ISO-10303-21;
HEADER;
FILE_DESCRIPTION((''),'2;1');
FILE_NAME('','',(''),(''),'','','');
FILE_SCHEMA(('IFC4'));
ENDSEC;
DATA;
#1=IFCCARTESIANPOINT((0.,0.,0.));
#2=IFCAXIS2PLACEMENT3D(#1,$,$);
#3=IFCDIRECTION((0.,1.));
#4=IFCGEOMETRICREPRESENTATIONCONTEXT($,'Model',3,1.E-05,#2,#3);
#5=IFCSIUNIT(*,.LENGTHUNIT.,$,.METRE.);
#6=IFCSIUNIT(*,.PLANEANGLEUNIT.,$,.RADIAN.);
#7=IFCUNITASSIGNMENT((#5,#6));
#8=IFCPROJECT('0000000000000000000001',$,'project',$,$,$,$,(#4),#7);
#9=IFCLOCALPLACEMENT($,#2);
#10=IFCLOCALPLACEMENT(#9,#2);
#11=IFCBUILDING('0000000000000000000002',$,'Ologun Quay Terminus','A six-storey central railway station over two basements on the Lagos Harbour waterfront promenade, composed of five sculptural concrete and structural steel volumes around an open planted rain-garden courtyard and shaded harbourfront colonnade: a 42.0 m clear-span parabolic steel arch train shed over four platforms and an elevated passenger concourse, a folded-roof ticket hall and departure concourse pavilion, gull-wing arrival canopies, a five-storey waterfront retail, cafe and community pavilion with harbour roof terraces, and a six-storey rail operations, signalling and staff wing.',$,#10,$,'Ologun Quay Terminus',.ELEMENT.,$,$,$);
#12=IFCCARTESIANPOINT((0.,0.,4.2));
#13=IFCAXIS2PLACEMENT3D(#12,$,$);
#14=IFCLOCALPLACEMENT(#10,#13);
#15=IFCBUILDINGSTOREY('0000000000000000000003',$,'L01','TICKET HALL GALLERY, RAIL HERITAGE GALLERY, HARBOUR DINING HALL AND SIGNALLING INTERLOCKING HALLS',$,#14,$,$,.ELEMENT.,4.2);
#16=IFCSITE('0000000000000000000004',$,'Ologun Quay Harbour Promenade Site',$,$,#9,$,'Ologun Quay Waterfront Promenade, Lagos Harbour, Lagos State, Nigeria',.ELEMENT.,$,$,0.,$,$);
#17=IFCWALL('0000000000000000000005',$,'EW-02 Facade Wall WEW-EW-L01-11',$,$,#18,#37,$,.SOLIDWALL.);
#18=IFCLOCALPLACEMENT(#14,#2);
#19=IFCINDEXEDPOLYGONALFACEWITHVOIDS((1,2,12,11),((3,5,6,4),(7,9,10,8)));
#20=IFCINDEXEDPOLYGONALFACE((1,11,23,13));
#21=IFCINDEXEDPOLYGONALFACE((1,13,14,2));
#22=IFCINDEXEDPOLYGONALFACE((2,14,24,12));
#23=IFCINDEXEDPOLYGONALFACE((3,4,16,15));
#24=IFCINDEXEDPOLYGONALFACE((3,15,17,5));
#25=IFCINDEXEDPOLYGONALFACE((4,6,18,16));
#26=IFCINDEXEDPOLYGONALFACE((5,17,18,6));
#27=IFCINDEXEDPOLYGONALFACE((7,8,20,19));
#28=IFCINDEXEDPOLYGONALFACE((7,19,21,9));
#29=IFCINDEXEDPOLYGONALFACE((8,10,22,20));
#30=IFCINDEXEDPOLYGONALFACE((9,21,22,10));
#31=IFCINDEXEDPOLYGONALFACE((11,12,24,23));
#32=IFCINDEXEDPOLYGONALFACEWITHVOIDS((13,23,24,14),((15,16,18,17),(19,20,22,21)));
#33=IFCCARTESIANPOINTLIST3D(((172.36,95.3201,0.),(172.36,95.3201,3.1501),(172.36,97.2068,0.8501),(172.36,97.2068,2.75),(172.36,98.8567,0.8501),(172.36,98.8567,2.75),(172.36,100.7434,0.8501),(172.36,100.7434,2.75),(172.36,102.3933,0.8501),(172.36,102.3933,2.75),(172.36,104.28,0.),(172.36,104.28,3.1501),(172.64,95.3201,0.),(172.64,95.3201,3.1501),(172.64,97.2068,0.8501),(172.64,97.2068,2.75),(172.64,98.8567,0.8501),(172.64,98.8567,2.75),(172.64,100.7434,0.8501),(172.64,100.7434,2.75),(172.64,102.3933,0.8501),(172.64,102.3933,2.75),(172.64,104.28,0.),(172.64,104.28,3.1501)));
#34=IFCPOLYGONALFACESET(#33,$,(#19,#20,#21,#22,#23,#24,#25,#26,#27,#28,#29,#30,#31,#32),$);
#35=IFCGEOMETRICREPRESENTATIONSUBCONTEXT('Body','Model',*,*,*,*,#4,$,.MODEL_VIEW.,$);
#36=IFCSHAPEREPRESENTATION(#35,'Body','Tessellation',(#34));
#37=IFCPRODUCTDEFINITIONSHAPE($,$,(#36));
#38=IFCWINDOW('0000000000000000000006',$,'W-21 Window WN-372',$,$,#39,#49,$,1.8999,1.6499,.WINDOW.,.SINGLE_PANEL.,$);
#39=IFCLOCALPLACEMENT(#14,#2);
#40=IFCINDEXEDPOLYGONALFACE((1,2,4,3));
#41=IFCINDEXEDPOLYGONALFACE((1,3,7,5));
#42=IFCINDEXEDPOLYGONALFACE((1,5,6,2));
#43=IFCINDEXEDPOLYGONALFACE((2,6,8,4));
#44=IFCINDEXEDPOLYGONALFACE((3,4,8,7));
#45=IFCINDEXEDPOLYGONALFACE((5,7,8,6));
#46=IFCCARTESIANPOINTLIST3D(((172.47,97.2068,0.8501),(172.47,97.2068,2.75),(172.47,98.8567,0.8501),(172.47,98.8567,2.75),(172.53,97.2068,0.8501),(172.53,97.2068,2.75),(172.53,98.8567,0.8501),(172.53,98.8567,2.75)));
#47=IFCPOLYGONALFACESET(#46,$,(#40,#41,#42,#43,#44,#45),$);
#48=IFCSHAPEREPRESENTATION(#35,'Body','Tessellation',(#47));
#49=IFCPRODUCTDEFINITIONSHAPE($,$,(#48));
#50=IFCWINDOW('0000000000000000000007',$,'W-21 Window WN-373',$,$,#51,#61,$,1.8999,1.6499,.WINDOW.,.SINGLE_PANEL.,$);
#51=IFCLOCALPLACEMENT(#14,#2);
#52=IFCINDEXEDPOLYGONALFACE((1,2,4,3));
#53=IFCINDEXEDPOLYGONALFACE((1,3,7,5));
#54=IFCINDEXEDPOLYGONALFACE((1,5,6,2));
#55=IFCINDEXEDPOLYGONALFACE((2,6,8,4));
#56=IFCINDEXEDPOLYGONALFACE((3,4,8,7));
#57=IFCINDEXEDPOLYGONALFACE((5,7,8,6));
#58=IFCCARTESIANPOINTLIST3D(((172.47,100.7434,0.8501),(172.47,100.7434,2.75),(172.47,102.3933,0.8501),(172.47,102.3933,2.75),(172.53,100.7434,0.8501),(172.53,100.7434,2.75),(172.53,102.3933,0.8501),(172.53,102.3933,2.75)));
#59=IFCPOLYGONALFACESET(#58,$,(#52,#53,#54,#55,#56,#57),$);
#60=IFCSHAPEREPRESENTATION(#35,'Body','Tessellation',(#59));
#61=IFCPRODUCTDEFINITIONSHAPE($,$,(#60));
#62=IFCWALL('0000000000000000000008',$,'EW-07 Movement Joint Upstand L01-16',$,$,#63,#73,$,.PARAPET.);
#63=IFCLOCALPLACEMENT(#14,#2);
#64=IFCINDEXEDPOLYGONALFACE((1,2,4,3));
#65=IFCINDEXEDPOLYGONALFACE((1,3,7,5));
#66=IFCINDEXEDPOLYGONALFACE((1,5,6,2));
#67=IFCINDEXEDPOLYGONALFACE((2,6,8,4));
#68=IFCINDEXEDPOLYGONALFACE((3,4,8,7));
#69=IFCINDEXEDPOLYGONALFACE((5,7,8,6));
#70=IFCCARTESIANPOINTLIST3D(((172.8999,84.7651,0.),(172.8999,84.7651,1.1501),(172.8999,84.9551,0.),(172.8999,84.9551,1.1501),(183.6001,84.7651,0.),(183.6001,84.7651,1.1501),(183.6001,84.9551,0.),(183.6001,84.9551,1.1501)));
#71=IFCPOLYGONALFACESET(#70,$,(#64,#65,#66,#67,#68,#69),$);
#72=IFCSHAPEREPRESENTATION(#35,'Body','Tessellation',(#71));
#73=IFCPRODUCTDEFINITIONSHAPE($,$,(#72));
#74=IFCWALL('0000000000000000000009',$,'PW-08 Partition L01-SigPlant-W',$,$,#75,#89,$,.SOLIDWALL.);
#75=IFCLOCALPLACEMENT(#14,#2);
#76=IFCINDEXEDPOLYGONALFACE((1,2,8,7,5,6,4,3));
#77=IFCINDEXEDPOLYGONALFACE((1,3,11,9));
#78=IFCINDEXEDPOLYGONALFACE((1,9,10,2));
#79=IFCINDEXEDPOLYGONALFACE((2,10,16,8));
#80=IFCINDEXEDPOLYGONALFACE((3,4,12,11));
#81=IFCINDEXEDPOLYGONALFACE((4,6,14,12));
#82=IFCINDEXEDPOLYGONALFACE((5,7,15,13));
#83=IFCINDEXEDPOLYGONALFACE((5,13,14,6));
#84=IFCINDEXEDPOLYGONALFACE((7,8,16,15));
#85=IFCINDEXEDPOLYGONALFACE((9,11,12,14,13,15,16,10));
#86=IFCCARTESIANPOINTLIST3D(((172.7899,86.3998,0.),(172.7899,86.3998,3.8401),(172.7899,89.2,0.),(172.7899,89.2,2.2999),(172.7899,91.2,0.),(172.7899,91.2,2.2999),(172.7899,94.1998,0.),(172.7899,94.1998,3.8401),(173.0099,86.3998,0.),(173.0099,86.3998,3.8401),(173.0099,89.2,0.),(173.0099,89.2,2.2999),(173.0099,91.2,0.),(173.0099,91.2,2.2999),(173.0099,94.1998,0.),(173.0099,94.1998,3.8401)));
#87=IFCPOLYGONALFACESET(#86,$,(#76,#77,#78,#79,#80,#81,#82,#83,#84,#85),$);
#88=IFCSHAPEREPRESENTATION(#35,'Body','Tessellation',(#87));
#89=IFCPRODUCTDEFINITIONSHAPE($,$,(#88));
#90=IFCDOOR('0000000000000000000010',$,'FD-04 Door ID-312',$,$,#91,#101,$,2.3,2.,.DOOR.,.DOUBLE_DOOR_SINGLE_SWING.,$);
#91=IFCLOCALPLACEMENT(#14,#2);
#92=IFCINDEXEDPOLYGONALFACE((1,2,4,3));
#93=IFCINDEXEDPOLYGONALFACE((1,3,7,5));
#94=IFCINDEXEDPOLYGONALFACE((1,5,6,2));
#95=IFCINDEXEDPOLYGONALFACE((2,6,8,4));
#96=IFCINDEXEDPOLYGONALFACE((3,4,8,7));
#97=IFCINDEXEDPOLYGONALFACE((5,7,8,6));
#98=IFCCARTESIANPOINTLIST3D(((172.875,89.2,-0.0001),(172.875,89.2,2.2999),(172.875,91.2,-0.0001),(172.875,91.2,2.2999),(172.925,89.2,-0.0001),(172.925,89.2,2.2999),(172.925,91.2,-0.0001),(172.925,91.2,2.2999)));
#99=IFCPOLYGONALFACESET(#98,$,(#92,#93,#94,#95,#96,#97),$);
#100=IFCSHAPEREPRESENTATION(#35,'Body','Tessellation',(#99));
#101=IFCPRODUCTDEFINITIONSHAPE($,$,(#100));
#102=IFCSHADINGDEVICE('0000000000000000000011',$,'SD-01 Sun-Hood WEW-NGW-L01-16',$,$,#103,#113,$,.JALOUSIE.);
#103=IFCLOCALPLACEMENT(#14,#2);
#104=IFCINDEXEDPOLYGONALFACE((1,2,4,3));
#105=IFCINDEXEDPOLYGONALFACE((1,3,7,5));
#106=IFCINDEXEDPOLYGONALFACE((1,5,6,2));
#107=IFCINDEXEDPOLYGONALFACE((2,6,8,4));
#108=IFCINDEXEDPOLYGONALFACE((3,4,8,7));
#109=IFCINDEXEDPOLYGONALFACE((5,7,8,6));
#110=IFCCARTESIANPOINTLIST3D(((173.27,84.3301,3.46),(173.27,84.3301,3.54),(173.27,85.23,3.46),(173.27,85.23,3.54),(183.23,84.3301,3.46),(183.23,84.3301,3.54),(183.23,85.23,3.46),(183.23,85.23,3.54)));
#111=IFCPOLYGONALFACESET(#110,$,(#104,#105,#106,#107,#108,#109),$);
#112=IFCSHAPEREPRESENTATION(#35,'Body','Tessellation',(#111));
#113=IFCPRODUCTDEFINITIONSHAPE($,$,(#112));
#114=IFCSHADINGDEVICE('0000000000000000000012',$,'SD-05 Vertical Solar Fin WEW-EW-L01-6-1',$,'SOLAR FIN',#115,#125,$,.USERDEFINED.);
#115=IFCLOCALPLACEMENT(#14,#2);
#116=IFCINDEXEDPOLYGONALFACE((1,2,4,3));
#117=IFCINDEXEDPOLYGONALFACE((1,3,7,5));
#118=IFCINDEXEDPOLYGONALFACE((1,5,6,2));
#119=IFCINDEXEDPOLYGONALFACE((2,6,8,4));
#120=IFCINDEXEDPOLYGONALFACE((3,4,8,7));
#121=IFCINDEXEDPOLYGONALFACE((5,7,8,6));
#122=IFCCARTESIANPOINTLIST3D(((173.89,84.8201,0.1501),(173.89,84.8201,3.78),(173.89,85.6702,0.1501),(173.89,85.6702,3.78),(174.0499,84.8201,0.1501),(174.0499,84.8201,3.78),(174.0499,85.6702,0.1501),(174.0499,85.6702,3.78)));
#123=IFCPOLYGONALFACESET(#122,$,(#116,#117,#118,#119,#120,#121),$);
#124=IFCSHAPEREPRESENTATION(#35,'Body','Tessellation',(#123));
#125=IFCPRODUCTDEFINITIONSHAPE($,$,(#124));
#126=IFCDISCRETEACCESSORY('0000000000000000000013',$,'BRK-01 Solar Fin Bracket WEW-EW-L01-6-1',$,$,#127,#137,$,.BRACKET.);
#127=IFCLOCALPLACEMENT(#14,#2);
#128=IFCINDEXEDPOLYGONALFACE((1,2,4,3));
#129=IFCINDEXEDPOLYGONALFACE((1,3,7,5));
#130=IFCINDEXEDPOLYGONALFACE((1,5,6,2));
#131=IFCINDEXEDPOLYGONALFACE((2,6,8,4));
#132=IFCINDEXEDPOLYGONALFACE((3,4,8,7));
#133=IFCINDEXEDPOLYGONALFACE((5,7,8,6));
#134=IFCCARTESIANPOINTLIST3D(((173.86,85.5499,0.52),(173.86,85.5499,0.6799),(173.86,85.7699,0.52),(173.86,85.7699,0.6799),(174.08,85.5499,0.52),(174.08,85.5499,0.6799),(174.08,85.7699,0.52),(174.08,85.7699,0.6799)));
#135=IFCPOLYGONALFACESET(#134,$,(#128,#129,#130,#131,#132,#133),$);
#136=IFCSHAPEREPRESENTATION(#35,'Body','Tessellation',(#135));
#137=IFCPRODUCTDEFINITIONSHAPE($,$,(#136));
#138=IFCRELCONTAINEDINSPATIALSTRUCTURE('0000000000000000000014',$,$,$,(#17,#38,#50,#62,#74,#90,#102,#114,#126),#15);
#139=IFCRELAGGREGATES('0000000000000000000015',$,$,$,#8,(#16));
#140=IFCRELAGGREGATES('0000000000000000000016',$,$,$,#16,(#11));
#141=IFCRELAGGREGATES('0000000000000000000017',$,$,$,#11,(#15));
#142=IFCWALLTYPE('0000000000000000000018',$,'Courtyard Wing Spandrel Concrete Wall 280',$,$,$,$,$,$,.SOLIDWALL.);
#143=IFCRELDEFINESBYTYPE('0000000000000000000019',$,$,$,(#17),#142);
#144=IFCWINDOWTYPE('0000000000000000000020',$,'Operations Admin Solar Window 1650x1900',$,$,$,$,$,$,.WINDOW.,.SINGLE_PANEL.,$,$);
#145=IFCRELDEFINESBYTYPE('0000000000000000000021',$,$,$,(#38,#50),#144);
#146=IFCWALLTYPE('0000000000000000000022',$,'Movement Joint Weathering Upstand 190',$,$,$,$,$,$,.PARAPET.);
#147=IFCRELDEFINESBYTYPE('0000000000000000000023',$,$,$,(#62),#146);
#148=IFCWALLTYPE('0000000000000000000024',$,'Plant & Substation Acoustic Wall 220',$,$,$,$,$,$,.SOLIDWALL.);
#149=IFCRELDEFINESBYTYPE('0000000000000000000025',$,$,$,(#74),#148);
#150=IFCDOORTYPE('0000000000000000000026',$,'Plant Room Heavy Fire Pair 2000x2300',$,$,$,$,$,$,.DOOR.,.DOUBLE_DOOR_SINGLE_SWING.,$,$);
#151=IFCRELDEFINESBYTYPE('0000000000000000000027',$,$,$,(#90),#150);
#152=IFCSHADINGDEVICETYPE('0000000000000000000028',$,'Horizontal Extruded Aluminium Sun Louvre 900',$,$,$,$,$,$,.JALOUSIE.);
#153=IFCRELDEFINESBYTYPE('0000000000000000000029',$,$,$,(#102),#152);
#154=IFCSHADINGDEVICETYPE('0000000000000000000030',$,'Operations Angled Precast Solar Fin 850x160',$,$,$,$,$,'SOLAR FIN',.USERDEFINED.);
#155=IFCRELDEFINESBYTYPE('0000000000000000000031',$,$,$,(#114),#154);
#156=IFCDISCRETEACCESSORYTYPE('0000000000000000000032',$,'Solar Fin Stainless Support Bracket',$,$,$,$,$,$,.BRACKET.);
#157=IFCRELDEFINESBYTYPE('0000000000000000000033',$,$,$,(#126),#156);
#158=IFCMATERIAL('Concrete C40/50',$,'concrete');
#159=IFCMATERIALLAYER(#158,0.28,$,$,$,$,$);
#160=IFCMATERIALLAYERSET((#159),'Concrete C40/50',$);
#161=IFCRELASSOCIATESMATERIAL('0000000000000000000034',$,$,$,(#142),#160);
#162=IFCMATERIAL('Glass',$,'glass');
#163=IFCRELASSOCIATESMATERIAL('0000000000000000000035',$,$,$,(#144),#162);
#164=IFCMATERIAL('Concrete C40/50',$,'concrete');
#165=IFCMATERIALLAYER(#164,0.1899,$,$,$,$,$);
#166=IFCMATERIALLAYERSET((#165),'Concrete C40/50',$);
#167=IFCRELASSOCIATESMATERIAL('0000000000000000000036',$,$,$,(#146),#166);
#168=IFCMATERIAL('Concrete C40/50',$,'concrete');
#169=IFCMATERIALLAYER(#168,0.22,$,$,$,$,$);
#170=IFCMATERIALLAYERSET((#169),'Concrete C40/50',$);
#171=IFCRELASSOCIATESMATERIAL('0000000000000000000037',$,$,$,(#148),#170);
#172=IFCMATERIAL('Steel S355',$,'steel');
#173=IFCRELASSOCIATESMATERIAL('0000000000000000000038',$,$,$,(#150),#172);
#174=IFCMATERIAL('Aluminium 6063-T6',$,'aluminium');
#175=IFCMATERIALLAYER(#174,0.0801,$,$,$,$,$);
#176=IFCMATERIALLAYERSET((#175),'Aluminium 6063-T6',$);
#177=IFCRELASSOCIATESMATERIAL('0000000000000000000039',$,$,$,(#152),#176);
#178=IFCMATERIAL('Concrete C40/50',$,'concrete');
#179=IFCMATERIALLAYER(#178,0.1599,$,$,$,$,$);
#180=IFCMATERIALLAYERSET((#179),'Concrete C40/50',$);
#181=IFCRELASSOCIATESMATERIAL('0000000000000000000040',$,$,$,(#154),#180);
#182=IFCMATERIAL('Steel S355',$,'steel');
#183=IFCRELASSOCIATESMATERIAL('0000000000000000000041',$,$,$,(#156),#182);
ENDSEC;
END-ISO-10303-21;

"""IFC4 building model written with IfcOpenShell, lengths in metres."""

from ifc_helpers import new_model, si_unit, direction, frame, frame_2d, origin, origin_2d, place, context, subcontext, project, spatial, rectangle, extrude, material, layer, layer_set, type_object, element, fill, save


model = new_model("IFC4")

# Units and contexts
model_context = context("Model", 3, precision=1e-05, world=origin(), true_north=direction((0.0, 1.0)))
body_context = subcontext(model_context, "Body", "Model", "MODEL_VIEW")
ifc_project = project(units=[si_unit("LENGTHUNIT", "METRE"), si_unit("PLANEANGLEUNIT", "RADIAN")], contexts=[model_context])

# Site, building, storey
site_placement = place(None, origin())
site = spatial("IfcSite", under=ifc_project, at=site_placement, Name="Ologun Quay Harbour Promenade Site", LongName="Ologun Quay Waterfront Promenade, Lagos Harbour, Lagos State, Nigeria", CompositionType="ELEMENT", RefElevation=0.0)
building_placement = place(site_placement, origin())
building = spatial("IfcBuilding", under=site, at=building_placement, Name="Ologun Quay Terminus", Description="A six-storey central railway station over two basements on the Lagos Harbour waterfront promenade, composed of five sculptural concrete and structural steel volumes around an open planted rain-garden courtyard and shaded harbourfront colonnade: a 42.0 m clear-span parabolic steel arch train shed over four platforms and an elevated passenger concourse, a folded-roof ticket hall and departure concourse pavilion, gull-wing arrival canopies, a five-storey waterfront retail, cafe and community pavilion with harbour roof terraces, and a six-storey rail operations, signalling and staff wing.", LongName="Ologun Quay Terminus", CompositionType="ELEMENT")
storey_placement = place(building_placement, frame((0.0, 0.0, 4.2)))
storey = spatial("IfcBuildingStorey", under=building, at=storey_placement, Name="L01", Description="TICKET HALL GALLERY, RAIL HERITAGE GALLERY, HARBOUR DINING HALL AND SIGNALLING INTERLOCKING HALLS", CompositionType="ELEMENT", Elevation=4.2)

# Wall, openings, windows
ifc_material_1 = material(Name="Concrete C40/50", Category="concrete")
ifc_layer_1 = layer(ifc_material_1, 0.28)
ifc_layer_set_1 = layer_set([ifc_layer_1], Name="Concrete C40/50")
wall_type_1 = type_object("IfcWallType", Name="Courtyard Wing Spandrel Concrete Wall 280", PredefinedType="SOLIDWALL", material=ifc_layer_set_1)
wall_1_placement = place(storey_placement, frame((172.5, 95.3201, 0.0), z_axis=(0.0, 0.0, 1.0), x_axis=(0.0, 1.0, 0.0)))
wall_1 = element("IfcWall", 1, at=wall_1_placement, inside=storey, type_object=wall_type_1, Name="EW-02 Facade Wall WEW-EW-L01-11", PredefinedType="SOLIDWALL", context=body_context, shape_type="SweptSolid", body=[
    extrude(rectangle(XDim=8.96, YDim=0.28, at=frame_2d((4.48, 0.0))), origin(), (0.0, 0.0, 1.0), 3.1501),
])
opening_1_placement = place(wall_1_placement, frame((1.8867, 0.0, 0.8501)))
opening_1 = element("IfcOpeningElement", 2, at=opening_1_placement, cuts=wall_1, PredefinedType="OPENING", context=body_context, shape_type="SweptSolid", body=[
    extrude(rectangle(XDim=1.6499, YDim=1.8999, at=frame_2d((0.825, 0.95))), frame((0.0, 0.1499, 0.0), z_axis=(0.0, -1.0, 0.0), x_axis=(1.0, 0.0, 0.0)), (0.0, 0.0, 1.0), 0.3),
])
opening_2_placement = place(wall_1_placement, frame((5.4233, 0.0, 0.8501)))
opening_2 = element("IfcOpeningElement", 3, at=opening_2_placement, cuts=wall_1, PredefinedType="OPENING", context=body_context, shape_type="SweptSolid", body=[
    extrude(rectangle(XDim=1.6499, YDim=1.8999, at=frame_2d((0.825, 0.95))), frame((0.0, 0.1499, 0.0), z_axis=(0.0, -1.0, 0.0), x_axis=(1.0, 0.0, 0.0)), (0.0, 0.0, 1.0), 0.3),
])
ifc_material_2 = material(Name="Glass", Category="glass")
window_type_1 = type_object("IfcWindowType", Name="Operations Admin Solar Window 1650x1900", PartitioningType="SINGLE_PANEL", PredefinedType="WINDOW", material=ifc_material_2)
window_1_placement = place(opening_1_placement, origin())
window_1 = element("IfcWindow", 4, at=window_1_placement, inside=storey, type_object=window_type_1, Name="W-21 Window WN-372", OverallHeight=1.8999, OverallWidth=1.6499, PartitioningType="SINGLE_PANEL", PredefinedType="WINDOW", context=body_context, shape_type="SweptSolid", body=[
    extrude(rectangle(XDim=1.6499, YDim=1.8999, at=frame_2d((0.825, 0.95))), frame((0.0, 0.03, 0.0), z_axis=(0.0, -1.0, 0.0), x_axis=(1.0, 0.0, 0.0)), (0.0, 0.0, 1.0), 0.0601),
])
fill(opening_1, window_1)
window_2_placement = place(opening_2_placement, origin())
window_2 = element("IfcWindow", 5, at=window_2_placement, inside=storey, type_object=window_type_1, Name="W-21 Window WN-373", OverallHeight=1.8999, OverallWidth=1.6499, PartitioningType="SINGLE_PANEL", PredefinedType="WINDOW", context=body_context, shape_type="SweptSolid", body=[
    extrude(rectangle(XDim=1.6499, YDim=1.8999, at=frame_2d((0.825, 0.95))), frame((0.0, 0.03, 0.0), z_axis=(0.0, -1.0, 0.0), x_axis=(1.0, 0.0, 0.0)), (0.0, 0.0, 1.0), 0.0601),
])
fill(opening_2, window_2)

# Wall
ifc_material_3 = material(Name="Concrete C40/50", Category="concrete")
ifc_layer_2 = layer(ifc_material_3, 0.1899)
ifc_layer_set_2 = layer_set([ifc_layer_2], Name="Concrete C40/50")
wall_type_2 = type_object("IfcWallType", Name="Movement Joint Weathering Upstand 190", PredefinedType="PARAPET", material=ifc_layer_set_2)
wall_2_placement = place(storey_placement, frame((172.8999, 84.8601, 0.0), z_axis=(0.0, 0.0, 1.0), x_axis=(1.0, 0.0, 0.0)))
element("IfcWall", 6, at=wall_2_placement, inside=storey, type_object=wall_type_2, Name="EW-07 Movement Joint Upstand L01-16", PredefinedType="PARAPET", context=body_context, shape_type="SweptSolid", body=[
    extrude(rectangle(XDim=10.7002, YDim=0.1899, at=frame_2d((5.3501, 0.0))), origin(), (0.0, 0.0, 1.0), 1.1501),
])

# Wall, opening, door
ifc_material_4 = material(Name="Concrete C40/50", Category="concrete")
ifc_layer_3 = layer(ifc_material_4, 0.22)
ifc_layer_set_3 = layer_set([ifc_layer_3], Name="Concrete C40/50")
wall_type_3 = type_object("IfcWallType", Name="Plant & Substation Acoustic Wall 220", PredefinedType="SOLIDWALL", material=ifc_layer_set_3)
wall_3_placement = place(storey_placement, frame((172.8999, 86.3999, 0.0), z_axis=(0.0, 0.0, 1.0), x_axis=(0.0, 1.0, 0.0)))
wall_3 = element("IfcWall", 7, at=wall_3_placement, inside=storey, type_object=wall_type_3, Name="PW-08 Partition L01-SigPlant-W", PredefinedType="SOLIDWALL", context=body_context, shape_type="SweptSolid", body=[
    extrude(rectangle(XDim=7.8, YDim=0.22, at=frame_2d((3.8999, 0.0))), origin(), (0.0, 0.0, 1.0), 3.8401),
])
opening_3_placement = place(wall_3_placement, frame((2.8, 0.0, 0.0)))
opening_3 = element("IfcOpeningElement", 8, at=opening_3_placement, cuts=wall_3, PredefinedType="OPENING", context=body_context, shape_type="SweptSolid", body=[
    extrude(rectangle(XDim=2.0, YDim=2.3, at=frame_2d((1.0, 1.1499))), frame((0.0, 0.1201, 0.0), z_axis=(0.0, -1.0, 0.0), x_axis=(1.0, 0.0, 0.0)), (0.0, 0.0, 1.0), 0.24),
])
ifc_material_5 = material(Name="Steel S355", Category="steel")
door_type = type_object("IfcDoorType", Name="Plant Room Heavy Fire Pair 2000x2300", OperationType="DOUBLE_DOOR_SINGLE_SWING", PredefinedType="DOOR", material=ifc_material_5)
door_placement = place(opening_3_placement, origin())
door = element("IfcDoor", 9, at=door_placement, inside=storey, type_object=door_type, Name="FD-04 Door ID-312", OperationType="DOUBLE_DOOR_SINGLE_SWING", OverallHeight=2.3, OverallWidth=2.0, PredefinedType="DOOR", context=body_context, shape_type="SweptSolid", body=[
    extrude(rectangle(XDim=2.0, YDim=2.3, at=frame_2d((1.0, 1.1499))), frame((0.0, 0.0249, 0.0), z_axis=(0.0, -1.0, 0.0), x_axis=(1.0, 0.0, 0.0)), (0.0, 0.0, 1.0), 0.05),
])
fill(opening_3, door)

# Shading devices
ifc_material_6 = material(Name="Aluminium 6063-T6", Category="aluminium")
ifc_layer_4 = layer(ifc_material_6, 0.0801)
ifc_layer_set_4 = layer_set([ifc_layer_4], Name="Aluminium 6063-T6")
shading_device_type_1 = type_object("IfcShadingDeviceType", Name="Horizontal Extruded Aluminium Sun Louvre 900", PredefinedType="JALOUSIE", material=ifc_layer_set_4)
shading_device_1_placement = place(storey_placement, frame((178.25, 84.78, 3.46), z_axis=(0.0, 0.0, 1.0), x_axis=(1.0, 0.0, 0.0)))
element("IfcShadingDevice", 10, at=shading_device_1_placement, inside=storey, type_object=shading_device_type_1, Name="SD-01 Sun-Hood WEW-NGW-L01-16", PredefinedType="JALOUSIE", context=body_context, shape_type="SweptSolid", body=[
    extrude(rectangle(XDim=9.96, YDim=0.8999, at=origin_2d()), origin(), (0.0, 0.0, 1.0), 0.0801),
])
ifc_material_7 = material(Name="Concrete C40/50", Category="concrete")
ifc_layer_5 = layer(ifc_material_7, 0.1599)
ifc_layer_set_5 = layer_set([ifc_layer_5], Name="Concrete C40/50")
shading_device_type_2 = type_object("IfcShadingDeviceType", Name="Operations Angled Precast Solar Fin 850x160", ElementType="SOLAR FIN", PredefinedType="USERDEFINED", material=ifc_layer_set_5)
shading_device_2_placement = place(storey_placement, frame((173.97, 85.2451, 0.1501), z_axis=(0.0, 0.0, 1.0), x_axis=(1.0, 0.0, 0.0)))
element("IfcShadingDevice", 11, at=shading_device_2_placement, inside=storey, type_object=shading_device_type_2, Name="SD-05 Vertical Solar Fin WEW-EW-L01-6-1", ObjectType="SOLAR FIN", PredefinedType="USERDEFINED", context=body_context, shape_type="SweptSolid", body=[
    extrude(rectangle(XDim=0.1599, YDim=0.8501, at=origin_2d()), origin(), (0.0, 0.0, 1.0), 3.6299),
])

# Discrete accessory
ifc_material_8 = material(Name="Steel S355", Category="steel")
discrete_accessory_type = type_object("IfcDiscreteAccessoryType", Name="Solar Fin Stainless Support Bracket", PredefinedType="BRACKET", material=ifc_material_8)
discrete_accessory_placement = place(storey_placement, frame((173.97, 85.6599, 0.52), z_axis=(0.0, 0.0, 1.0), x_axis=(1.0, 0.0, 0.0)))
element("IfcDiscreteAccessory", 12, at=discrete_accessory_placement, inside=storey, type_object=discrete_accessory_type, Name="BRK-01 Solar Fin Bracket WEW-EW-L01-6-1", PredefinedType="BRACKET", context=body_context, shape_type="SweptSolid", body=[
    extrude(rectangle(XDim=0.22, YDim=0.22, at=origin_2d()), origin(), (0.0, 0.0, 1.0), 0.1599),
])

save(model, "model.ifc")
